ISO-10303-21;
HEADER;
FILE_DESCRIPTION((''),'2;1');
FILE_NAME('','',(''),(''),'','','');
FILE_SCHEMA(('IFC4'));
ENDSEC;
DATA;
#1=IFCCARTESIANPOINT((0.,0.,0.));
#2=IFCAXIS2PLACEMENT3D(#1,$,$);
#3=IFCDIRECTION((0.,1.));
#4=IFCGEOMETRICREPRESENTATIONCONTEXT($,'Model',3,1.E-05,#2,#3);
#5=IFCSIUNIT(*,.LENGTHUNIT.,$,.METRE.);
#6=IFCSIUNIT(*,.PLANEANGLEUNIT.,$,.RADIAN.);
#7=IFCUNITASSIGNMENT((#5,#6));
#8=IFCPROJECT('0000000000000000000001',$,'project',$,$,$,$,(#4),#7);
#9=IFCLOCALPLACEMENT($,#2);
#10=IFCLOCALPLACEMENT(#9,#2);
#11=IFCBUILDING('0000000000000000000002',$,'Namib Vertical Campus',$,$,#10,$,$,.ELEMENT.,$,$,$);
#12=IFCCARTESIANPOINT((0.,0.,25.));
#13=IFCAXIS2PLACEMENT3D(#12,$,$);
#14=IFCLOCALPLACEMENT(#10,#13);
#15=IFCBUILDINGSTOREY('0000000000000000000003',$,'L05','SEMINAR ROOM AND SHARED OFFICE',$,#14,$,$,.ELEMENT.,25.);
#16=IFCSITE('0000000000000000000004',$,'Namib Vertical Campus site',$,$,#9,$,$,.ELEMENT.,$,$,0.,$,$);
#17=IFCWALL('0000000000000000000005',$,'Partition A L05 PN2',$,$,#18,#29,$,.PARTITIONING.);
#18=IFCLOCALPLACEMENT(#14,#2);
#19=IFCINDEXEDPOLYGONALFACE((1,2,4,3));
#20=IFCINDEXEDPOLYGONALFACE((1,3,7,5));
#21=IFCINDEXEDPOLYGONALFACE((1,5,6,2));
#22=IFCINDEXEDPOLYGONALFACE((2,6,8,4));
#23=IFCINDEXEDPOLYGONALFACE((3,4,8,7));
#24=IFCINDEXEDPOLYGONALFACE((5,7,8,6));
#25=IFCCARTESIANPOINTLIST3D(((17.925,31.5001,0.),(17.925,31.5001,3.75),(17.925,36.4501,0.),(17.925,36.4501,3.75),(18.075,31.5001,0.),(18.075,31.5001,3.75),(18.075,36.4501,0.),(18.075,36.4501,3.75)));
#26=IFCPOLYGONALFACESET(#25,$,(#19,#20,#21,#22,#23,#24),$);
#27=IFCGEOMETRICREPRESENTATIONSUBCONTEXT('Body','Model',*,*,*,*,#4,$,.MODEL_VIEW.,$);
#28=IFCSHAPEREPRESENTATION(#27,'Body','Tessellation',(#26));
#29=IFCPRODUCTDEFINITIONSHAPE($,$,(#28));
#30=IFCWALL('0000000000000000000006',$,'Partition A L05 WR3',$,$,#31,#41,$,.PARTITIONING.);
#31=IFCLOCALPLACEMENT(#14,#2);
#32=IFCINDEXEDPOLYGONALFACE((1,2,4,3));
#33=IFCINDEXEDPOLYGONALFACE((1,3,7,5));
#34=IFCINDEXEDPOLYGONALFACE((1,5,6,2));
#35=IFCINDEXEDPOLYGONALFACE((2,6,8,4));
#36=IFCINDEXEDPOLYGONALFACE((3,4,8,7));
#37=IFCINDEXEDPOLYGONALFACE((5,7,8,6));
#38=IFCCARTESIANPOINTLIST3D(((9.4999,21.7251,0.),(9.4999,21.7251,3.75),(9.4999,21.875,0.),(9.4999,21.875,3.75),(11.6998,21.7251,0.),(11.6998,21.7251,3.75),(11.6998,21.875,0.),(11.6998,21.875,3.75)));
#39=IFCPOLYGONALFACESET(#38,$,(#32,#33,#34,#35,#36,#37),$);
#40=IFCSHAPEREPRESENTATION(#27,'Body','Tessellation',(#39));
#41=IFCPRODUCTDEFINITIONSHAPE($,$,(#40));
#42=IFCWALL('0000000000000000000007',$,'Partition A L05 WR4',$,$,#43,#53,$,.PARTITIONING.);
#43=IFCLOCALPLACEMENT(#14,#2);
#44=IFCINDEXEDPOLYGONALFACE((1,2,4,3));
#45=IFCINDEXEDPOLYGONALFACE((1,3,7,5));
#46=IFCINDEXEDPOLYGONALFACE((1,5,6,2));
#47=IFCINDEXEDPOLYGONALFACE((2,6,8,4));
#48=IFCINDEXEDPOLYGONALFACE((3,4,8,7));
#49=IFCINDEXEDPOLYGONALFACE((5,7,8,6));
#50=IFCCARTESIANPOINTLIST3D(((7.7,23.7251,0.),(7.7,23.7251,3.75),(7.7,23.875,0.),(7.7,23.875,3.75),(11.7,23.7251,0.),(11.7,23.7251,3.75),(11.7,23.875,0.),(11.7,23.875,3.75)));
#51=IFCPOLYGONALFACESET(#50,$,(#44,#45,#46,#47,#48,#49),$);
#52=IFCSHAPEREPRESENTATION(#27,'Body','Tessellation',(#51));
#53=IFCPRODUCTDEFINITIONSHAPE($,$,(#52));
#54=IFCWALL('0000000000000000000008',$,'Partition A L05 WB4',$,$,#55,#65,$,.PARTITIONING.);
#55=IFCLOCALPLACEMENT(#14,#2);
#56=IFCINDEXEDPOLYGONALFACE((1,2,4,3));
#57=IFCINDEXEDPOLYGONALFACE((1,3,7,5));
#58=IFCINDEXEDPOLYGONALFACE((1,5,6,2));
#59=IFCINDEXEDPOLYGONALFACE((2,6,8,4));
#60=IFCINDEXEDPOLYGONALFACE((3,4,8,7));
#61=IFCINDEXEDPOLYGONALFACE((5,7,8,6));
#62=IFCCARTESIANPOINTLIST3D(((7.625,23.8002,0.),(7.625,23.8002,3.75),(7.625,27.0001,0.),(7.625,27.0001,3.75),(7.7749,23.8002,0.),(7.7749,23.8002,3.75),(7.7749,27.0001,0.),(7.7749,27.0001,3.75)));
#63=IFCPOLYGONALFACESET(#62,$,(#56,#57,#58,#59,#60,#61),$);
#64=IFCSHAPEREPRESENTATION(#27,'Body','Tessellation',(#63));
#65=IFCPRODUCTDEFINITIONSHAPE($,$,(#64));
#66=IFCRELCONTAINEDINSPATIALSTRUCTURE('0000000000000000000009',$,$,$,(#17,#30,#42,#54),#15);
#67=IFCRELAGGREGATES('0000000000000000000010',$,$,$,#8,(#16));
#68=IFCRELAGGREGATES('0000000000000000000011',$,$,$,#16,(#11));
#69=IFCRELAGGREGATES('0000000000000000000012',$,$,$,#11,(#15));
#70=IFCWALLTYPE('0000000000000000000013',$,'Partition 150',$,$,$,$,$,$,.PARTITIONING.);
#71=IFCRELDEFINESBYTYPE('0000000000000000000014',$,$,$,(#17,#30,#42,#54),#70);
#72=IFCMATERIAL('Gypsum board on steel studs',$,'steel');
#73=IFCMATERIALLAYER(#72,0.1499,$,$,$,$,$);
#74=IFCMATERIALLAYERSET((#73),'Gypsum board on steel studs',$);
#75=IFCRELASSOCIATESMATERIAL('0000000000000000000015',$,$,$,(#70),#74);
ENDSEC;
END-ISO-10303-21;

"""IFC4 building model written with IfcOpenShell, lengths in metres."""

from ifc_helpers import new_model, si_unit, direction, frame, frame_2d, origin, place, context, subcontext, project, spatial, rectangle, extrude, material, layer, layer_set, type_object, element, save


model = new_model("IFC4")

# Units and contexts
model_context = context("Model", 3, precision=1e-05, world=origin(), true_north=direction((0.0, 1.0)))
body_context = subcontext(model_context, "Body", "Model", "MODEL_VIEW")
ifc_project = project(units=[si_unit("LENGTHUNIT", "METRE"), si_unit("PLANEANGLEUNIT", "RADIAN")], contexts=[model_context])

# Site, building, storey
site_placement = place(None, origin())
site = spatial("IfcSite", under=ifc_project, at=site_placement, Name="Namib Vertical Campus site", CompositionType="ELEMENT", RefElevation=0.0)
building_placement = place(site_placement, origin())
building = spatial("IfcBuilding", under=site, at=building_placement, Name="Namib Vertical Campus", CompositionType="ELEMENT")
storey_placement = place(building_placement, frame((0.0, 0.0, 25.0)))
storey = spatial("IfcBuildingStorey", under=building, at=storey_placement, Name="L05", Description="SEMINAR ROOM AND SHARED OFFICE", CompositionType="ELEMENT", Elevation=25.0)

# Walls
ifc_material_1 = material(Name="Gypsum board on steel studs", Category="steel")
ifc_layer_1 = layer(ifc_material_1, 0.1499)
ifc_layer_set_1 = layer_set([ifc_layer_1], Name="Gypsum board on steel studs")
wall_type_1 = type_object("IfcWallType", Name="Partition 150", PredefinedType="PARTITIONING", material=ifc_layer_set_1)
wall_1_placement = place(storey_placement, frame((18.0, 31.5, 0.0), z_axis=(0.0, 0.0, 1.0), x_axis=(0.0, 1.0, 0.0)))
element("IfcWall", 1, at=wall_1_placement, inside=storey, type_object=wall_type_1, Name="Partition A L05 PN2", PredefinedType="PARTITIONING", context=body_context, shape_type="SweptSolid", body=[
    extrude(rectangle(XDim=4.95, YDim=0.1499, at=frame_2d((2.4751, 0.0))), origin(), (0.0, 0.0, 1.0), 3.75),
])
wall_2_placement = place(storey_placement, frame((11.7, 21.8, 0.0), z_axis=(0.0, 0.0, 1.0), x_axis=(-1.0, 0.0, 0.0)))
element("IfcWall", 2, at=wall_2_placement, inside=storey, type_object=wall_type_1, Name="Partition A L05 WR3", PredefinedType="PARTITIONING", context=body_context, shape_type="SweptSolid", body=[
    extrude(rectangle(XDim=2.2, YDim=0.1499, at=frame_2d((1.1001, 0.0))), origin(), (0.0, 0.0, 1.0), 3.75),
])
wall_3_placement = place(storey_placement, frame((11.7, 23.8, 0.0), z_axis=(0.0, 0.0, 1.0), x_axis=(-1.0, 0.0, 0.0)))
element("IfcWall", 3, at=wall_3_placement, inside=storey, type_object=wall_type_1, Name="Partition A L05 WR4", PredefinedType="PARTITIONING", context=body_context, shape_type="SweptSolid", body=[
    extrude(rectangle(XDim=4.0, YDim=0.1499, at=frame_2d((2.0, 0.0))), origin(), (0.0, 0.0, 1.0), 3.75),
])
wall_4_placement = place(storey_placement, frame((7.7, 23.8, 0.0), z_axis=(0.0, 0.0, 1.0), x_axis=(0.0, 1.0, 0.0)))
element("IfcWall", 4, at=wall_4_placement, inside=storey, type_object=wall_type_1, Name="Partition A L05 WB4", PredefinedType="PARTITIONING", context=body_context, shape_type="SweptSolid", body=[
    extrude(rectangle(XDim=3.2, YDim=0.1499, at=frame_2d((1.6001, 0.0))), origin(), (0.0, 0.0, 1.0), 3.75),
])

save(model, "model.ifc")
